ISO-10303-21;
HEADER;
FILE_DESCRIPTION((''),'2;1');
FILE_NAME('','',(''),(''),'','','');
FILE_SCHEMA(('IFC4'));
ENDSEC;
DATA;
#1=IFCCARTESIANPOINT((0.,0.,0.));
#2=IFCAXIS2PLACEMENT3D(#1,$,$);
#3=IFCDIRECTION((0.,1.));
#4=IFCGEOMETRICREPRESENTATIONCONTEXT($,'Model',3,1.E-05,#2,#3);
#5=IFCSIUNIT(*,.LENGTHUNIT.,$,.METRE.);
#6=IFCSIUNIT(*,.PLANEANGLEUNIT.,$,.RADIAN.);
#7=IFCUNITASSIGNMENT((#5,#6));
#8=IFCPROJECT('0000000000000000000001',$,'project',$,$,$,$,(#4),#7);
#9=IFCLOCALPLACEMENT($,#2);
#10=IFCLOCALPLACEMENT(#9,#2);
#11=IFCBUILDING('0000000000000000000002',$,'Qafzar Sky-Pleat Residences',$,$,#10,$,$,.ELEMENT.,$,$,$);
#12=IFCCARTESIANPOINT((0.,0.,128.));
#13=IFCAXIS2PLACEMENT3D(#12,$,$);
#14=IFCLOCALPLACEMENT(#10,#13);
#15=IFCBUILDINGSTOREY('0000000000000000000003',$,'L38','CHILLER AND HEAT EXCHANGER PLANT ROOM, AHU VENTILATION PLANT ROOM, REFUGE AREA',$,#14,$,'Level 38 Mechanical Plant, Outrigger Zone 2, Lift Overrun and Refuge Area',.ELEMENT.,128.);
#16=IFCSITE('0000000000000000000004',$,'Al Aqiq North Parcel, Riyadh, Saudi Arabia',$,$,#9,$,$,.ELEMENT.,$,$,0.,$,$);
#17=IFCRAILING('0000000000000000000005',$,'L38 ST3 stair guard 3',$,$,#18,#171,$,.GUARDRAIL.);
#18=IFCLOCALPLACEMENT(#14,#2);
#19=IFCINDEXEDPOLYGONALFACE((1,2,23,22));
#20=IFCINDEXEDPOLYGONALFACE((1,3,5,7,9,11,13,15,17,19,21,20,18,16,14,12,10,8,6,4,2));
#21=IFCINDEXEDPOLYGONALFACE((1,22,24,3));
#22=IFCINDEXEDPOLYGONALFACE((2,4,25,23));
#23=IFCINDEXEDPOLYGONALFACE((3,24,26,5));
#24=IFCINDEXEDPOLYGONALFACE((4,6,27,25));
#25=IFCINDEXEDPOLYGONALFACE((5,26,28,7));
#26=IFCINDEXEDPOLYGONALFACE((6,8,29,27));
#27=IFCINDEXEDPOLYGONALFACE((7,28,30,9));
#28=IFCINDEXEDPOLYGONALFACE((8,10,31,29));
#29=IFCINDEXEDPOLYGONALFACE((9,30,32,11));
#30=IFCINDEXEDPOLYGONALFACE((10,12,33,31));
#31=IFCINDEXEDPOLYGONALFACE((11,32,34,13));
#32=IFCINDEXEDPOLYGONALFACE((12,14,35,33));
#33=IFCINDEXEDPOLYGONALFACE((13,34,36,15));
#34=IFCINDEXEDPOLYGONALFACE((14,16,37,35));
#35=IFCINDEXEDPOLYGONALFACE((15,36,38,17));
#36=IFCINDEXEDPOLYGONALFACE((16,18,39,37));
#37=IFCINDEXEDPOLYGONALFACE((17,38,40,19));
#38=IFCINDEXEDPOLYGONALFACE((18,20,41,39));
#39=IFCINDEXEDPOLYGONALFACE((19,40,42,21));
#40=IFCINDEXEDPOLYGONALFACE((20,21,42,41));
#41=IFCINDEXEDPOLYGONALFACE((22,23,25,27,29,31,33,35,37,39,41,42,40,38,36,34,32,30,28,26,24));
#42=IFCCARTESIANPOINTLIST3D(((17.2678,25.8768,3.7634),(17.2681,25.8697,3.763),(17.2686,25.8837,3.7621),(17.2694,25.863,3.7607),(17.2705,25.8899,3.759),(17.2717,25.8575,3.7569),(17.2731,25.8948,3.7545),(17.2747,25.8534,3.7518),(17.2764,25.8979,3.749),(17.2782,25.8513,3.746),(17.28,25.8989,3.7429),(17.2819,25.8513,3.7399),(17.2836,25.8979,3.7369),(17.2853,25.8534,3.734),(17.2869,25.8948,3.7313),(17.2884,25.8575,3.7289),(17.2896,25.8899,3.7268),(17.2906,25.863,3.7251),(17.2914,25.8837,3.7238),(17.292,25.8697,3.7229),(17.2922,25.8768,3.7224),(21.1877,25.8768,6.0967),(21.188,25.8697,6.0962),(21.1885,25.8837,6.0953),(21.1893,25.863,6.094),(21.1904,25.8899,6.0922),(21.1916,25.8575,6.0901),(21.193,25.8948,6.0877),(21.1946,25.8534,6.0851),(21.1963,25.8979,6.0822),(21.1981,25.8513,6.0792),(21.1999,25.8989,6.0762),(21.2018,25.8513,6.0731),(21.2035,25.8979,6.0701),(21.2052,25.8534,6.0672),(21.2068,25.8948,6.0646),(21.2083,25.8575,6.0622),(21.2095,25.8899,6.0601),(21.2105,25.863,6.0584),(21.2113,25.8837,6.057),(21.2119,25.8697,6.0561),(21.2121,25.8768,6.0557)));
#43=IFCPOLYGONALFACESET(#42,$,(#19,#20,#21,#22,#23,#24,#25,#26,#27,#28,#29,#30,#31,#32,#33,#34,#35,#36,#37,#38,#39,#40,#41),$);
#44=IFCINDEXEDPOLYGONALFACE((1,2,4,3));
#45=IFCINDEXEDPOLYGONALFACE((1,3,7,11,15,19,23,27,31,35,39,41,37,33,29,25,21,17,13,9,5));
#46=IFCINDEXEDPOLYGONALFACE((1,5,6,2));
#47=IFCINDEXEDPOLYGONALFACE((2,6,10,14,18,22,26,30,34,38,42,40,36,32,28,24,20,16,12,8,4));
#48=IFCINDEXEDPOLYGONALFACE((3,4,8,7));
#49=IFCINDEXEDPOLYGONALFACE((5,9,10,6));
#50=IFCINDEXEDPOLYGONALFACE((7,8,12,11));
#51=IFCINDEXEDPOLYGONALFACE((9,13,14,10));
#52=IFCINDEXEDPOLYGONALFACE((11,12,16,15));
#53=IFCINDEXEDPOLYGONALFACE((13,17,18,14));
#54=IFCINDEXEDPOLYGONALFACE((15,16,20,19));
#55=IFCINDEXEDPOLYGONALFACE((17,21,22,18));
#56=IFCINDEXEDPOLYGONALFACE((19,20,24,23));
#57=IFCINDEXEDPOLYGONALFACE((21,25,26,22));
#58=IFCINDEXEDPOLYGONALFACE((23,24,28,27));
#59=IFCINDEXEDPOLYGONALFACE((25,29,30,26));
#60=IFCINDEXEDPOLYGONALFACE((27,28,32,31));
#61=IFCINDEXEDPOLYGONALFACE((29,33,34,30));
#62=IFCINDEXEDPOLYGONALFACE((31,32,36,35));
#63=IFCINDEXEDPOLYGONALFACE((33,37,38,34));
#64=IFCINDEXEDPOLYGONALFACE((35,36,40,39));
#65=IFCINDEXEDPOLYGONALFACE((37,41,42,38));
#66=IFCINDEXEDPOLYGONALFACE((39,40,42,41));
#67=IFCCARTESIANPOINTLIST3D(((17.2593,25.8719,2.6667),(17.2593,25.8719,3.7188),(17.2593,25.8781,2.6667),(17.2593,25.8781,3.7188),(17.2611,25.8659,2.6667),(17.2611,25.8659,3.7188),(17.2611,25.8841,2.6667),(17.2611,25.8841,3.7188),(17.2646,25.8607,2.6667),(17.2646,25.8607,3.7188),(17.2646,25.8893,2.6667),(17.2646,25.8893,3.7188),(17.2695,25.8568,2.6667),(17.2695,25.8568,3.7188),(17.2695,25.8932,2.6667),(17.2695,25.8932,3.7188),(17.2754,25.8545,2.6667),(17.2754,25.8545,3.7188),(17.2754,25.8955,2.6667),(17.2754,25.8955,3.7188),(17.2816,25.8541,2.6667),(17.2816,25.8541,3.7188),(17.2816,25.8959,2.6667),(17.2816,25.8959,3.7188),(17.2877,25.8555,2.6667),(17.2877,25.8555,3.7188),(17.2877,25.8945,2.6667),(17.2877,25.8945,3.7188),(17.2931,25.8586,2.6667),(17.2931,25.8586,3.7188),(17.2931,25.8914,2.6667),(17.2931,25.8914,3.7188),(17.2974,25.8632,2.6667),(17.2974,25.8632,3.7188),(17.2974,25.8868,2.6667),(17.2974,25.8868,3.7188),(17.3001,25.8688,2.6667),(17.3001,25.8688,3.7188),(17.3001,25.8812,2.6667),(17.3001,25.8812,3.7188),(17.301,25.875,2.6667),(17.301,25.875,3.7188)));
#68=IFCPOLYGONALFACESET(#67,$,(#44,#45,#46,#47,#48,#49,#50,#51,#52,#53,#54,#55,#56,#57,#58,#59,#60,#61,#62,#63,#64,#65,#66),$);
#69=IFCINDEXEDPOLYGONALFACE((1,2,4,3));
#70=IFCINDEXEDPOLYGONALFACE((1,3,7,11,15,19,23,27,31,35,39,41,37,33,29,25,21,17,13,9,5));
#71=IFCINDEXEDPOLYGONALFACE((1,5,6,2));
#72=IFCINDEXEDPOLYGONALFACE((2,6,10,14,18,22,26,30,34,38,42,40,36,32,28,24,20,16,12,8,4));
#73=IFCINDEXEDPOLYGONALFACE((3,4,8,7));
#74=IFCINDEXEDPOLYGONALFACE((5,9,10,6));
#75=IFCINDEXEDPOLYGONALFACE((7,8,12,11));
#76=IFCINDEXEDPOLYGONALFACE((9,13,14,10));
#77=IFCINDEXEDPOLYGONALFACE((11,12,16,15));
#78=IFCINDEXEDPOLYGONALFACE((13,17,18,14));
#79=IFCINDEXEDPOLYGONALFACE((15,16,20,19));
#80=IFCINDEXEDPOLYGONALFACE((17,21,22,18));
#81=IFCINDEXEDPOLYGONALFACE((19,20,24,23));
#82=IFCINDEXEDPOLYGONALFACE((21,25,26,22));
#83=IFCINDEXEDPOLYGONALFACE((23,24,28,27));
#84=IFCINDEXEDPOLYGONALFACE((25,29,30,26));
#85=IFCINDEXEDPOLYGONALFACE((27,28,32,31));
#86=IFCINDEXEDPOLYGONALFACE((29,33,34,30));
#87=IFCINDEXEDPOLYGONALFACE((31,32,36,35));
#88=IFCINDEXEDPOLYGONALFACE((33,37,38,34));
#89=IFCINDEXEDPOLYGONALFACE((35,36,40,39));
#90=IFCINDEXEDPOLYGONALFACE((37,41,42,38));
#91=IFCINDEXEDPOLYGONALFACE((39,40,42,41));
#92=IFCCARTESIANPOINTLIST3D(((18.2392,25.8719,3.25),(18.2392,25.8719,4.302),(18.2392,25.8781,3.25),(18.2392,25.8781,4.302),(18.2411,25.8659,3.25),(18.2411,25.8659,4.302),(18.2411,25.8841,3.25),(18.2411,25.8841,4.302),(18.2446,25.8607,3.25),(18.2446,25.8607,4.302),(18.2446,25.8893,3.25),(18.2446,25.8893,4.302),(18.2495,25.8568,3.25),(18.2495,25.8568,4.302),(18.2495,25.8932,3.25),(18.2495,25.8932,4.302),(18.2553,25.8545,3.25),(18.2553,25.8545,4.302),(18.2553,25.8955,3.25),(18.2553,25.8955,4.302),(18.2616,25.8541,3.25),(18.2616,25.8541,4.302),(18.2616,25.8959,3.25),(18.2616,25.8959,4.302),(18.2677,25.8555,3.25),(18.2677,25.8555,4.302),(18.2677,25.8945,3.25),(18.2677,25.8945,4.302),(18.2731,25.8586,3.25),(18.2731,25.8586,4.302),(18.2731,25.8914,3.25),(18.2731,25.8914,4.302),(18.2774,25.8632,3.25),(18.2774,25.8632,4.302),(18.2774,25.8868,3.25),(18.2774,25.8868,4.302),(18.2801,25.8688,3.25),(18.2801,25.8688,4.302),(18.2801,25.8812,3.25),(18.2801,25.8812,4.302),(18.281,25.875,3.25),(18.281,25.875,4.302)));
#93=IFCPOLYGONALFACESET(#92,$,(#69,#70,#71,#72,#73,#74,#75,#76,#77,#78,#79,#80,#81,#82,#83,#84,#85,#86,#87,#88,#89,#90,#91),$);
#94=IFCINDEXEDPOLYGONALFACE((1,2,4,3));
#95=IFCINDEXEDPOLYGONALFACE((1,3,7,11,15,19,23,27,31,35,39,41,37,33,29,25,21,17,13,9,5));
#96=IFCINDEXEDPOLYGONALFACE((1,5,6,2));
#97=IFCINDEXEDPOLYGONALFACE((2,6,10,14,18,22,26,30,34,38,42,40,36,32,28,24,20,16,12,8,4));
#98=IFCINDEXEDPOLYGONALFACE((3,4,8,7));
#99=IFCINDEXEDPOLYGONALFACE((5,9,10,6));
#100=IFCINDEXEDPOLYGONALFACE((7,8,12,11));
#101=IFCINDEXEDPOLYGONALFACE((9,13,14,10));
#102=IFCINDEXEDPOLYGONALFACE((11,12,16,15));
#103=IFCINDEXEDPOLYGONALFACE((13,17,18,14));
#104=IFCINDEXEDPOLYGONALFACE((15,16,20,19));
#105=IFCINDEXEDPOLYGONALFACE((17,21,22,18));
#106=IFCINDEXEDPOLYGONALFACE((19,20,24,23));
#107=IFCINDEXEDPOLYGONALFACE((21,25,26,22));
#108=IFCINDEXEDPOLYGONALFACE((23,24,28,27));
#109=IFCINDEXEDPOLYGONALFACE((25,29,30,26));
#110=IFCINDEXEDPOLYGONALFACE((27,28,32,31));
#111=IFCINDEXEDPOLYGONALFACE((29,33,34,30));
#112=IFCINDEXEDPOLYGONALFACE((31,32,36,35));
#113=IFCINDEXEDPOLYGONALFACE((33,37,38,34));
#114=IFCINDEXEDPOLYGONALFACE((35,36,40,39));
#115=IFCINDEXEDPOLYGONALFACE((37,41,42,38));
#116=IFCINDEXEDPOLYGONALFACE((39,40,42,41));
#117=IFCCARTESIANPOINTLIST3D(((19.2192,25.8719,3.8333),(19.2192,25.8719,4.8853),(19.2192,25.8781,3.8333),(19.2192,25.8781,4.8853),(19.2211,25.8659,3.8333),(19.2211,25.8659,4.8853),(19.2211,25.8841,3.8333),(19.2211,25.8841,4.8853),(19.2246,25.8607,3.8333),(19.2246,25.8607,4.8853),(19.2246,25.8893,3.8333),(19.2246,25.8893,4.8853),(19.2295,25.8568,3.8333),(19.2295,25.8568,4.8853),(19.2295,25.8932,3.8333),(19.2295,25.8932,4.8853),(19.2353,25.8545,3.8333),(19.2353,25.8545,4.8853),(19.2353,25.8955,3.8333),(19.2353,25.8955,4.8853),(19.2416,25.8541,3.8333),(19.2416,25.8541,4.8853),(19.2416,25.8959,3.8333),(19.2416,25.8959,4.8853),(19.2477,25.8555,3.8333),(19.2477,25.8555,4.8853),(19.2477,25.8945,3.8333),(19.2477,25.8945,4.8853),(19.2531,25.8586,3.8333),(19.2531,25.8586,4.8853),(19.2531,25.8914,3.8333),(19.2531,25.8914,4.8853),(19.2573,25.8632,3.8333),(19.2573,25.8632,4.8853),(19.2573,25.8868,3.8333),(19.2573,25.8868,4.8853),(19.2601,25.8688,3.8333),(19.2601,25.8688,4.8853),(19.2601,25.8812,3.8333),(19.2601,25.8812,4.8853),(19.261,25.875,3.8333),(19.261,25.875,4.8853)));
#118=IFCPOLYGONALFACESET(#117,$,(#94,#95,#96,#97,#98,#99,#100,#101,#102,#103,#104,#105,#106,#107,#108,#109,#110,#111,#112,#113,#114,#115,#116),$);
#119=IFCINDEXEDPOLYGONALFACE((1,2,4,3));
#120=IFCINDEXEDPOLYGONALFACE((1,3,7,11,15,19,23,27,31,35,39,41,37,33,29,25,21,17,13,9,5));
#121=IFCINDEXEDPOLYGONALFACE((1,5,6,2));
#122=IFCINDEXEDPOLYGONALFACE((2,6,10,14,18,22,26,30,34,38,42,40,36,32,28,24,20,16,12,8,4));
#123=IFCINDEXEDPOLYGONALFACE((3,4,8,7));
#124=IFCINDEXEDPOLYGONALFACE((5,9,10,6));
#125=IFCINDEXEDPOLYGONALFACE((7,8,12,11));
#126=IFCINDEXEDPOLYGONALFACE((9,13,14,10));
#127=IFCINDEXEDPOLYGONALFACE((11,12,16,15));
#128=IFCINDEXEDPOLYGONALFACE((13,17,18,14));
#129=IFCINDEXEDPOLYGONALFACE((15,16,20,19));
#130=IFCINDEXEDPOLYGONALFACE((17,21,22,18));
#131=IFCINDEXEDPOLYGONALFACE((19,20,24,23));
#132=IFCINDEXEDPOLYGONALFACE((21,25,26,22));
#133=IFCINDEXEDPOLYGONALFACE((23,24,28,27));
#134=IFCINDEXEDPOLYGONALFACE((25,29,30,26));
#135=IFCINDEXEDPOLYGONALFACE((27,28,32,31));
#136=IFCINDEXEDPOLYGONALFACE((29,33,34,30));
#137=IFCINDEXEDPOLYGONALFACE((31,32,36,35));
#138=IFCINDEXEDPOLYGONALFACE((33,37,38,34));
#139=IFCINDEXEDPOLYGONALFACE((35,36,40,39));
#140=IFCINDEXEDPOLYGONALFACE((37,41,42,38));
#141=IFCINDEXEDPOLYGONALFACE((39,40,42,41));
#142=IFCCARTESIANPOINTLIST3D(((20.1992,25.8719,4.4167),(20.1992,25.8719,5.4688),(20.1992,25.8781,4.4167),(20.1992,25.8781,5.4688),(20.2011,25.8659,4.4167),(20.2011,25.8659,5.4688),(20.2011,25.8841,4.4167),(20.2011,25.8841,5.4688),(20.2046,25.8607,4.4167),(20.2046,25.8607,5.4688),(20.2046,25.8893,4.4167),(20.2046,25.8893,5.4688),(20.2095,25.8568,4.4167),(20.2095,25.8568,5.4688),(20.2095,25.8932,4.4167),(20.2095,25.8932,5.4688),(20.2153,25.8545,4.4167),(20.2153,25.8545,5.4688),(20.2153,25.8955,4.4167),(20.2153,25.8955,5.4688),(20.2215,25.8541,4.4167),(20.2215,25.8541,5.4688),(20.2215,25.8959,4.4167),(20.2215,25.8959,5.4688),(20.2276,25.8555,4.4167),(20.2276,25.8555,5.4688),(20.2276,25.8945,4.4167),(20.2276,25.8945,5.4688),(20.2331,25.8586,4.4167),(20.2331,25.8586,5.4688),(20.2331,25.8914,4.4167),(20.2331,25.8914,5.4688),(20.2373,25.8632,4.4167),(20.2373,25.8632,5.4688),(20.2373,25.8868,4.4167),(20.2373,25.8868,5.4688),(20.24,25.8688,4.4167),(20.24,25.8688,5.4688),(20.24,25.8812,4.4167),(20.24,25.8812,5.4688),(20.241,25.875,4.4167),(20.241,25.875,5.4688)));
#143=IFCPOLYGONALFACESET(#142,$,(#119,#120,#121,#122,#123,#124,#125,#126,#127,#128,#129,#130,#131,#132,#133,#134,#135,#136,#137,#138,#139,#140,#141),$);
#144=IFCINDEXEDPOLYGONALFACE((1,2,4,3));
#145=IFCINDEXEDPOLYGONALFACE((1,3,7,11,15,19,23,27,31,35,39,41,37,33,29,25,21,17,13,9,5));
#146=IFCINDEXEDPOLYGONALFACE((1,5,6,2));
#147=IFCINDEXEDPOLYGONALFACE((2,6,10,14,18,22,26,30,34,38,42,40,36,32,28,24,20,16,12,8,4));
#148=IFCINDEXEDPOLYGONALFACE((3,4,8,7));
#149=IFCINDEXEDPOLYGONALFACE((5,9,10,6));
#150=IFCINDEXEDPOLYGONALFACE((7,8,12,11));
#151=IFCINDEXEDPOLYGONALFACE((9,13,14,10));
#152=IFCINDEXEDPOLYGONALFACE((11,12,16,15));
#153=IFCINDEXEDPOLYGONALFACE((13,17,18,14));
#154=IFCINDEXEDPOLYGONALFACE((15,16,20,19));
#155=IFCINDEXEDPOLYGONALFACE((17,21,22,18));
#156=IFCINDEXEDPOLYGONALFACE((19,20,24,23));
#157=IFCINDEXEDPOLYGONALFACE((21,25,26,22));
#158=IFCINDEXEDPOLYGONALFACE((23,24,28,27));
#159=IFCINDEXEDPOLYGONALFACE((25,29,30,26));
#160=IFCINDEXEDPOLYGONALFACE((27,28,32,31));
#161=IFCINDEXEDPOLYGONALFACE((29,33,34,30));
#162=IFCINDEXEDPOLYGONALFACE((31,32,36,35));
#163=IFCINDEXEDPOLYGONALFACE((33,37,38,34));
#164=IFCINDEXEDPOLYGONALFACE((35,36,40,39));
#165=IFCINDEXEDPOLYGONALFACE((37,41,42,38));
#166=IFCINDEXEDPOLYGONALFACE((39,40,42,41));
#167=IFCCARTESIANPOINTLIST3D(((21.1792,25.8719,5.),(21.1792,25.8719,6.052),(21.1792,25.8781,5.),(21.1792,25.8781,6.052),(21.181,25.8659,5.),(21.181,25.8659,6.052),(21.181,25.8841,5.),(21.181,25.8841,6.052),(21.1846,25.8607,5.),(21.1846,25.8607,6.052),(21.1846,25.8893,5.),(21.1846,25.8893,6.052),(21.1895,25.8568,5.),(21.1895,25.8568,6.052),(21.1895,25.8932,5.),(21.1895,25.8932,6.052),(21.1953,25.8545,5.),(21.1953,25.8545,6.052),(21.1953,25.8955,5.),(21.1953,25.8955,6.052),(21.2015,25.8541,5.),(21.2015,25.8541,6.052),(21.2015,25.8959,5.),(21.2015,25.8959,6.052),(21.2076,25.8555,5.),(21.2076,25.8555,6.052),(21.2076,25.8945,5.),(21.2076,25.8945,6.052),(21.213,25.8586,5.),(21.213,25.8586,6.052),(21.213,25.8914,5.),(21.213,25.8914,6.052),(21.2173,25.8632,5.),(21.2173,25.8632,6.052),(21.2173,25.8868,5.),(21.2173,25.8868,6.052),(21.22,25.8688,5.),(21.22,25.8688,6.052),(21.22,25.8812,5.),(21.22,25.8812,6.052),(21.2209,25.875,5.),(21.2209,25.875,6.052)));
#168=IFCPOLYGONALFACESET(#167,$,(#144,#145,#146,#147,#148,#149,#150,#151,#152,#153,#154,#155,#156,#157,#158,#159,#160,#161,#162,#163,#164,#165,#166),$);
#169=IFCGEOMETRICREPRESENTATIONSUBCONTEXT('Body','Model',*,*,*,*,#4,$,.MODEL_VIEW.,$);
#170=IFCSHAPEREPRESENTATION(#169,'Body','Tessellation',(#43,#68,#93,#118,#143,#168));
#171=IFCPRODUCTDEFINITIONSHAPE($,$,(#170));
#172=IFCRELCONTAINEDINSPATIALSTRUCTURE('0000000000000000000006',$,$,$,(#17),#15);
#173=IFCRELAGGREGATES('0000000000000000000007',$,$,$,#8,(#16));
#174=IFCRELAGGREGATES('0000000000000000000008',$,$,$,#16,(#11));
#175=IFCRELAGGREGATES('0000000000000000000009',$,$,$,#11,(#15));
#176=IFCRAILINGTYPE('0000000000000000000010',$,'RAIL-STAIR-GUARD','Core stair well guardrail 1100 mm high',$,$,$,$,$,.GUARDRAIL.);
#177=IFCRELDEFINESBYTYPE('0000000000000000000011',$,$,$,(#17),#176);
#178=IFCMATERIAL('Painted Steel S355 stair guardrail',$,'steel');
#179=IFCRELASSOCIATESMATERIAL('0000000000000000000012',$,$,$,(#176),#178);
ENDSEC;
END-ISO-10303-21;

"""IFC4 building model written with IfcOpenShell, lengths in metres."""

from ifc_helpers import new_model, si_unit, direction, frame, origin, origin_2d, place, context, subcontext, project, spatial, circle, extrude, source, transform, mapped, material, type_object, element, save


model = new_model("IFC4")

# Units and contexts
model_context = context("Model", 3, precision=1e-05, world=origin(), true_north=direction((0.0, 1.0)))
body_context = subcontext(model_context, "Body", "Model", "MODEL_VIEW")
ifc_project = project(units=[si_unit("LENGTHUNIT", "METRE"), si_unit("PLANEANGLEUNIT", "RADIAN")], contexts=[model_context])

# Site, building, storey
site_placement = place(None, origin())
site = spatial("IfcSite", under=ifc_project, at=site_placement, Name="Al Aqiq North Parcel, Riyadh, Saudi Arabia", CompositionType="ELEMENT", RefElevation=0.0)
building_placement = place(site_placement, origin())
building = spatial("IfcBuilding", under=site, at=building_placement, Name="Qafzar Sky-Pleat Residences", CompositionType="ELEMENT")
storey_placement = place(building_placement, frame((0.0, 0.0, 128.0)))
storey = spatial("IfcBuildingStorey", under=building, at=storey_placement, Name="L38", Description="CHILLER AND HEAT EXCHANGER PLANT ROOM, AHU VENTILATION PLANT ROOM, REFUGE AREA", LongName="Level 38 Mechanical Plant, Outrigger Zone 2, Lift Overrun and Refuge Area", CompositionType="ELEMENT", Elevation=128.0)

# Railing
ifc_material_1 = material(Name="Painted Steel S355 stair guardrail", Category="steel")
railing_type = type_object("IfcRailingType", Name="RAIL-STAIR-GUARD", Description="Core stair well guardrail 1100 mm high", PredefinedType="GUARDRAIL", material=ifc_material_1)
shared_shape_1 = source(origin(), body_context, "Body", "SweptSolid", [
    extrude(circle(Radius=0.0239, at=origin_2d()), frame((0.0, 0.0, 1.0762), z_axis=(0.859296, 0.0, 0.511478), x_axis=(0.0, 1.0, 0.0)), (0.0, 0.0, 1.0), 4.5618),
    extrude(circle(Radius=0.021, at=origin_2d()), origin(), (0.0, 0.0, 1.0), 1.052),
    extrude(circle(Radius=0.021, at=origin_2d()), frame((0.98, 0.0, 0.5833)), (0.0, 0.0, 1.0), 1.052),
    extrude(circle(Radius=0.021, at=origin_2d()), frame((1.96, 0.0, 1.1665)), (0.0, 0.0, 1.0), 1.052),
    extrude(circle(Radius=0.021, at=origin_2d()), frame((2.9399, 0.0, 1.75)), (0.0, 0.0, 1.0), 1.052),
    extrude(circle(Radius=0.021, at=origin_2d()), frame((3.9199, 0.0, 2.3333)), (0.0, 0.0, 1.0), 1.052),
])
railing_1_placement = place(storey_placement, frame((17.28, 25.875, 2.6667)))
element("IfcRailing", 1, at=railing_1_placement, inside=storey, type_object=railing_type, Name="L38 ST3 stair guard 3", PredefinedType="GUARDRAIL", context=body_context, shape_type="MappedRepresentation", body=[
    mapped(shared_shape_1, transform((0.0, 0.0, 0.0), x_axis=(1.0, 0.0, 0.0), y_axis=(0.0, 1.0, 0.0), z_axis=(0.0, 0.0, 1.0), scale=1.0)),
])

save(model, "model.ifc")
